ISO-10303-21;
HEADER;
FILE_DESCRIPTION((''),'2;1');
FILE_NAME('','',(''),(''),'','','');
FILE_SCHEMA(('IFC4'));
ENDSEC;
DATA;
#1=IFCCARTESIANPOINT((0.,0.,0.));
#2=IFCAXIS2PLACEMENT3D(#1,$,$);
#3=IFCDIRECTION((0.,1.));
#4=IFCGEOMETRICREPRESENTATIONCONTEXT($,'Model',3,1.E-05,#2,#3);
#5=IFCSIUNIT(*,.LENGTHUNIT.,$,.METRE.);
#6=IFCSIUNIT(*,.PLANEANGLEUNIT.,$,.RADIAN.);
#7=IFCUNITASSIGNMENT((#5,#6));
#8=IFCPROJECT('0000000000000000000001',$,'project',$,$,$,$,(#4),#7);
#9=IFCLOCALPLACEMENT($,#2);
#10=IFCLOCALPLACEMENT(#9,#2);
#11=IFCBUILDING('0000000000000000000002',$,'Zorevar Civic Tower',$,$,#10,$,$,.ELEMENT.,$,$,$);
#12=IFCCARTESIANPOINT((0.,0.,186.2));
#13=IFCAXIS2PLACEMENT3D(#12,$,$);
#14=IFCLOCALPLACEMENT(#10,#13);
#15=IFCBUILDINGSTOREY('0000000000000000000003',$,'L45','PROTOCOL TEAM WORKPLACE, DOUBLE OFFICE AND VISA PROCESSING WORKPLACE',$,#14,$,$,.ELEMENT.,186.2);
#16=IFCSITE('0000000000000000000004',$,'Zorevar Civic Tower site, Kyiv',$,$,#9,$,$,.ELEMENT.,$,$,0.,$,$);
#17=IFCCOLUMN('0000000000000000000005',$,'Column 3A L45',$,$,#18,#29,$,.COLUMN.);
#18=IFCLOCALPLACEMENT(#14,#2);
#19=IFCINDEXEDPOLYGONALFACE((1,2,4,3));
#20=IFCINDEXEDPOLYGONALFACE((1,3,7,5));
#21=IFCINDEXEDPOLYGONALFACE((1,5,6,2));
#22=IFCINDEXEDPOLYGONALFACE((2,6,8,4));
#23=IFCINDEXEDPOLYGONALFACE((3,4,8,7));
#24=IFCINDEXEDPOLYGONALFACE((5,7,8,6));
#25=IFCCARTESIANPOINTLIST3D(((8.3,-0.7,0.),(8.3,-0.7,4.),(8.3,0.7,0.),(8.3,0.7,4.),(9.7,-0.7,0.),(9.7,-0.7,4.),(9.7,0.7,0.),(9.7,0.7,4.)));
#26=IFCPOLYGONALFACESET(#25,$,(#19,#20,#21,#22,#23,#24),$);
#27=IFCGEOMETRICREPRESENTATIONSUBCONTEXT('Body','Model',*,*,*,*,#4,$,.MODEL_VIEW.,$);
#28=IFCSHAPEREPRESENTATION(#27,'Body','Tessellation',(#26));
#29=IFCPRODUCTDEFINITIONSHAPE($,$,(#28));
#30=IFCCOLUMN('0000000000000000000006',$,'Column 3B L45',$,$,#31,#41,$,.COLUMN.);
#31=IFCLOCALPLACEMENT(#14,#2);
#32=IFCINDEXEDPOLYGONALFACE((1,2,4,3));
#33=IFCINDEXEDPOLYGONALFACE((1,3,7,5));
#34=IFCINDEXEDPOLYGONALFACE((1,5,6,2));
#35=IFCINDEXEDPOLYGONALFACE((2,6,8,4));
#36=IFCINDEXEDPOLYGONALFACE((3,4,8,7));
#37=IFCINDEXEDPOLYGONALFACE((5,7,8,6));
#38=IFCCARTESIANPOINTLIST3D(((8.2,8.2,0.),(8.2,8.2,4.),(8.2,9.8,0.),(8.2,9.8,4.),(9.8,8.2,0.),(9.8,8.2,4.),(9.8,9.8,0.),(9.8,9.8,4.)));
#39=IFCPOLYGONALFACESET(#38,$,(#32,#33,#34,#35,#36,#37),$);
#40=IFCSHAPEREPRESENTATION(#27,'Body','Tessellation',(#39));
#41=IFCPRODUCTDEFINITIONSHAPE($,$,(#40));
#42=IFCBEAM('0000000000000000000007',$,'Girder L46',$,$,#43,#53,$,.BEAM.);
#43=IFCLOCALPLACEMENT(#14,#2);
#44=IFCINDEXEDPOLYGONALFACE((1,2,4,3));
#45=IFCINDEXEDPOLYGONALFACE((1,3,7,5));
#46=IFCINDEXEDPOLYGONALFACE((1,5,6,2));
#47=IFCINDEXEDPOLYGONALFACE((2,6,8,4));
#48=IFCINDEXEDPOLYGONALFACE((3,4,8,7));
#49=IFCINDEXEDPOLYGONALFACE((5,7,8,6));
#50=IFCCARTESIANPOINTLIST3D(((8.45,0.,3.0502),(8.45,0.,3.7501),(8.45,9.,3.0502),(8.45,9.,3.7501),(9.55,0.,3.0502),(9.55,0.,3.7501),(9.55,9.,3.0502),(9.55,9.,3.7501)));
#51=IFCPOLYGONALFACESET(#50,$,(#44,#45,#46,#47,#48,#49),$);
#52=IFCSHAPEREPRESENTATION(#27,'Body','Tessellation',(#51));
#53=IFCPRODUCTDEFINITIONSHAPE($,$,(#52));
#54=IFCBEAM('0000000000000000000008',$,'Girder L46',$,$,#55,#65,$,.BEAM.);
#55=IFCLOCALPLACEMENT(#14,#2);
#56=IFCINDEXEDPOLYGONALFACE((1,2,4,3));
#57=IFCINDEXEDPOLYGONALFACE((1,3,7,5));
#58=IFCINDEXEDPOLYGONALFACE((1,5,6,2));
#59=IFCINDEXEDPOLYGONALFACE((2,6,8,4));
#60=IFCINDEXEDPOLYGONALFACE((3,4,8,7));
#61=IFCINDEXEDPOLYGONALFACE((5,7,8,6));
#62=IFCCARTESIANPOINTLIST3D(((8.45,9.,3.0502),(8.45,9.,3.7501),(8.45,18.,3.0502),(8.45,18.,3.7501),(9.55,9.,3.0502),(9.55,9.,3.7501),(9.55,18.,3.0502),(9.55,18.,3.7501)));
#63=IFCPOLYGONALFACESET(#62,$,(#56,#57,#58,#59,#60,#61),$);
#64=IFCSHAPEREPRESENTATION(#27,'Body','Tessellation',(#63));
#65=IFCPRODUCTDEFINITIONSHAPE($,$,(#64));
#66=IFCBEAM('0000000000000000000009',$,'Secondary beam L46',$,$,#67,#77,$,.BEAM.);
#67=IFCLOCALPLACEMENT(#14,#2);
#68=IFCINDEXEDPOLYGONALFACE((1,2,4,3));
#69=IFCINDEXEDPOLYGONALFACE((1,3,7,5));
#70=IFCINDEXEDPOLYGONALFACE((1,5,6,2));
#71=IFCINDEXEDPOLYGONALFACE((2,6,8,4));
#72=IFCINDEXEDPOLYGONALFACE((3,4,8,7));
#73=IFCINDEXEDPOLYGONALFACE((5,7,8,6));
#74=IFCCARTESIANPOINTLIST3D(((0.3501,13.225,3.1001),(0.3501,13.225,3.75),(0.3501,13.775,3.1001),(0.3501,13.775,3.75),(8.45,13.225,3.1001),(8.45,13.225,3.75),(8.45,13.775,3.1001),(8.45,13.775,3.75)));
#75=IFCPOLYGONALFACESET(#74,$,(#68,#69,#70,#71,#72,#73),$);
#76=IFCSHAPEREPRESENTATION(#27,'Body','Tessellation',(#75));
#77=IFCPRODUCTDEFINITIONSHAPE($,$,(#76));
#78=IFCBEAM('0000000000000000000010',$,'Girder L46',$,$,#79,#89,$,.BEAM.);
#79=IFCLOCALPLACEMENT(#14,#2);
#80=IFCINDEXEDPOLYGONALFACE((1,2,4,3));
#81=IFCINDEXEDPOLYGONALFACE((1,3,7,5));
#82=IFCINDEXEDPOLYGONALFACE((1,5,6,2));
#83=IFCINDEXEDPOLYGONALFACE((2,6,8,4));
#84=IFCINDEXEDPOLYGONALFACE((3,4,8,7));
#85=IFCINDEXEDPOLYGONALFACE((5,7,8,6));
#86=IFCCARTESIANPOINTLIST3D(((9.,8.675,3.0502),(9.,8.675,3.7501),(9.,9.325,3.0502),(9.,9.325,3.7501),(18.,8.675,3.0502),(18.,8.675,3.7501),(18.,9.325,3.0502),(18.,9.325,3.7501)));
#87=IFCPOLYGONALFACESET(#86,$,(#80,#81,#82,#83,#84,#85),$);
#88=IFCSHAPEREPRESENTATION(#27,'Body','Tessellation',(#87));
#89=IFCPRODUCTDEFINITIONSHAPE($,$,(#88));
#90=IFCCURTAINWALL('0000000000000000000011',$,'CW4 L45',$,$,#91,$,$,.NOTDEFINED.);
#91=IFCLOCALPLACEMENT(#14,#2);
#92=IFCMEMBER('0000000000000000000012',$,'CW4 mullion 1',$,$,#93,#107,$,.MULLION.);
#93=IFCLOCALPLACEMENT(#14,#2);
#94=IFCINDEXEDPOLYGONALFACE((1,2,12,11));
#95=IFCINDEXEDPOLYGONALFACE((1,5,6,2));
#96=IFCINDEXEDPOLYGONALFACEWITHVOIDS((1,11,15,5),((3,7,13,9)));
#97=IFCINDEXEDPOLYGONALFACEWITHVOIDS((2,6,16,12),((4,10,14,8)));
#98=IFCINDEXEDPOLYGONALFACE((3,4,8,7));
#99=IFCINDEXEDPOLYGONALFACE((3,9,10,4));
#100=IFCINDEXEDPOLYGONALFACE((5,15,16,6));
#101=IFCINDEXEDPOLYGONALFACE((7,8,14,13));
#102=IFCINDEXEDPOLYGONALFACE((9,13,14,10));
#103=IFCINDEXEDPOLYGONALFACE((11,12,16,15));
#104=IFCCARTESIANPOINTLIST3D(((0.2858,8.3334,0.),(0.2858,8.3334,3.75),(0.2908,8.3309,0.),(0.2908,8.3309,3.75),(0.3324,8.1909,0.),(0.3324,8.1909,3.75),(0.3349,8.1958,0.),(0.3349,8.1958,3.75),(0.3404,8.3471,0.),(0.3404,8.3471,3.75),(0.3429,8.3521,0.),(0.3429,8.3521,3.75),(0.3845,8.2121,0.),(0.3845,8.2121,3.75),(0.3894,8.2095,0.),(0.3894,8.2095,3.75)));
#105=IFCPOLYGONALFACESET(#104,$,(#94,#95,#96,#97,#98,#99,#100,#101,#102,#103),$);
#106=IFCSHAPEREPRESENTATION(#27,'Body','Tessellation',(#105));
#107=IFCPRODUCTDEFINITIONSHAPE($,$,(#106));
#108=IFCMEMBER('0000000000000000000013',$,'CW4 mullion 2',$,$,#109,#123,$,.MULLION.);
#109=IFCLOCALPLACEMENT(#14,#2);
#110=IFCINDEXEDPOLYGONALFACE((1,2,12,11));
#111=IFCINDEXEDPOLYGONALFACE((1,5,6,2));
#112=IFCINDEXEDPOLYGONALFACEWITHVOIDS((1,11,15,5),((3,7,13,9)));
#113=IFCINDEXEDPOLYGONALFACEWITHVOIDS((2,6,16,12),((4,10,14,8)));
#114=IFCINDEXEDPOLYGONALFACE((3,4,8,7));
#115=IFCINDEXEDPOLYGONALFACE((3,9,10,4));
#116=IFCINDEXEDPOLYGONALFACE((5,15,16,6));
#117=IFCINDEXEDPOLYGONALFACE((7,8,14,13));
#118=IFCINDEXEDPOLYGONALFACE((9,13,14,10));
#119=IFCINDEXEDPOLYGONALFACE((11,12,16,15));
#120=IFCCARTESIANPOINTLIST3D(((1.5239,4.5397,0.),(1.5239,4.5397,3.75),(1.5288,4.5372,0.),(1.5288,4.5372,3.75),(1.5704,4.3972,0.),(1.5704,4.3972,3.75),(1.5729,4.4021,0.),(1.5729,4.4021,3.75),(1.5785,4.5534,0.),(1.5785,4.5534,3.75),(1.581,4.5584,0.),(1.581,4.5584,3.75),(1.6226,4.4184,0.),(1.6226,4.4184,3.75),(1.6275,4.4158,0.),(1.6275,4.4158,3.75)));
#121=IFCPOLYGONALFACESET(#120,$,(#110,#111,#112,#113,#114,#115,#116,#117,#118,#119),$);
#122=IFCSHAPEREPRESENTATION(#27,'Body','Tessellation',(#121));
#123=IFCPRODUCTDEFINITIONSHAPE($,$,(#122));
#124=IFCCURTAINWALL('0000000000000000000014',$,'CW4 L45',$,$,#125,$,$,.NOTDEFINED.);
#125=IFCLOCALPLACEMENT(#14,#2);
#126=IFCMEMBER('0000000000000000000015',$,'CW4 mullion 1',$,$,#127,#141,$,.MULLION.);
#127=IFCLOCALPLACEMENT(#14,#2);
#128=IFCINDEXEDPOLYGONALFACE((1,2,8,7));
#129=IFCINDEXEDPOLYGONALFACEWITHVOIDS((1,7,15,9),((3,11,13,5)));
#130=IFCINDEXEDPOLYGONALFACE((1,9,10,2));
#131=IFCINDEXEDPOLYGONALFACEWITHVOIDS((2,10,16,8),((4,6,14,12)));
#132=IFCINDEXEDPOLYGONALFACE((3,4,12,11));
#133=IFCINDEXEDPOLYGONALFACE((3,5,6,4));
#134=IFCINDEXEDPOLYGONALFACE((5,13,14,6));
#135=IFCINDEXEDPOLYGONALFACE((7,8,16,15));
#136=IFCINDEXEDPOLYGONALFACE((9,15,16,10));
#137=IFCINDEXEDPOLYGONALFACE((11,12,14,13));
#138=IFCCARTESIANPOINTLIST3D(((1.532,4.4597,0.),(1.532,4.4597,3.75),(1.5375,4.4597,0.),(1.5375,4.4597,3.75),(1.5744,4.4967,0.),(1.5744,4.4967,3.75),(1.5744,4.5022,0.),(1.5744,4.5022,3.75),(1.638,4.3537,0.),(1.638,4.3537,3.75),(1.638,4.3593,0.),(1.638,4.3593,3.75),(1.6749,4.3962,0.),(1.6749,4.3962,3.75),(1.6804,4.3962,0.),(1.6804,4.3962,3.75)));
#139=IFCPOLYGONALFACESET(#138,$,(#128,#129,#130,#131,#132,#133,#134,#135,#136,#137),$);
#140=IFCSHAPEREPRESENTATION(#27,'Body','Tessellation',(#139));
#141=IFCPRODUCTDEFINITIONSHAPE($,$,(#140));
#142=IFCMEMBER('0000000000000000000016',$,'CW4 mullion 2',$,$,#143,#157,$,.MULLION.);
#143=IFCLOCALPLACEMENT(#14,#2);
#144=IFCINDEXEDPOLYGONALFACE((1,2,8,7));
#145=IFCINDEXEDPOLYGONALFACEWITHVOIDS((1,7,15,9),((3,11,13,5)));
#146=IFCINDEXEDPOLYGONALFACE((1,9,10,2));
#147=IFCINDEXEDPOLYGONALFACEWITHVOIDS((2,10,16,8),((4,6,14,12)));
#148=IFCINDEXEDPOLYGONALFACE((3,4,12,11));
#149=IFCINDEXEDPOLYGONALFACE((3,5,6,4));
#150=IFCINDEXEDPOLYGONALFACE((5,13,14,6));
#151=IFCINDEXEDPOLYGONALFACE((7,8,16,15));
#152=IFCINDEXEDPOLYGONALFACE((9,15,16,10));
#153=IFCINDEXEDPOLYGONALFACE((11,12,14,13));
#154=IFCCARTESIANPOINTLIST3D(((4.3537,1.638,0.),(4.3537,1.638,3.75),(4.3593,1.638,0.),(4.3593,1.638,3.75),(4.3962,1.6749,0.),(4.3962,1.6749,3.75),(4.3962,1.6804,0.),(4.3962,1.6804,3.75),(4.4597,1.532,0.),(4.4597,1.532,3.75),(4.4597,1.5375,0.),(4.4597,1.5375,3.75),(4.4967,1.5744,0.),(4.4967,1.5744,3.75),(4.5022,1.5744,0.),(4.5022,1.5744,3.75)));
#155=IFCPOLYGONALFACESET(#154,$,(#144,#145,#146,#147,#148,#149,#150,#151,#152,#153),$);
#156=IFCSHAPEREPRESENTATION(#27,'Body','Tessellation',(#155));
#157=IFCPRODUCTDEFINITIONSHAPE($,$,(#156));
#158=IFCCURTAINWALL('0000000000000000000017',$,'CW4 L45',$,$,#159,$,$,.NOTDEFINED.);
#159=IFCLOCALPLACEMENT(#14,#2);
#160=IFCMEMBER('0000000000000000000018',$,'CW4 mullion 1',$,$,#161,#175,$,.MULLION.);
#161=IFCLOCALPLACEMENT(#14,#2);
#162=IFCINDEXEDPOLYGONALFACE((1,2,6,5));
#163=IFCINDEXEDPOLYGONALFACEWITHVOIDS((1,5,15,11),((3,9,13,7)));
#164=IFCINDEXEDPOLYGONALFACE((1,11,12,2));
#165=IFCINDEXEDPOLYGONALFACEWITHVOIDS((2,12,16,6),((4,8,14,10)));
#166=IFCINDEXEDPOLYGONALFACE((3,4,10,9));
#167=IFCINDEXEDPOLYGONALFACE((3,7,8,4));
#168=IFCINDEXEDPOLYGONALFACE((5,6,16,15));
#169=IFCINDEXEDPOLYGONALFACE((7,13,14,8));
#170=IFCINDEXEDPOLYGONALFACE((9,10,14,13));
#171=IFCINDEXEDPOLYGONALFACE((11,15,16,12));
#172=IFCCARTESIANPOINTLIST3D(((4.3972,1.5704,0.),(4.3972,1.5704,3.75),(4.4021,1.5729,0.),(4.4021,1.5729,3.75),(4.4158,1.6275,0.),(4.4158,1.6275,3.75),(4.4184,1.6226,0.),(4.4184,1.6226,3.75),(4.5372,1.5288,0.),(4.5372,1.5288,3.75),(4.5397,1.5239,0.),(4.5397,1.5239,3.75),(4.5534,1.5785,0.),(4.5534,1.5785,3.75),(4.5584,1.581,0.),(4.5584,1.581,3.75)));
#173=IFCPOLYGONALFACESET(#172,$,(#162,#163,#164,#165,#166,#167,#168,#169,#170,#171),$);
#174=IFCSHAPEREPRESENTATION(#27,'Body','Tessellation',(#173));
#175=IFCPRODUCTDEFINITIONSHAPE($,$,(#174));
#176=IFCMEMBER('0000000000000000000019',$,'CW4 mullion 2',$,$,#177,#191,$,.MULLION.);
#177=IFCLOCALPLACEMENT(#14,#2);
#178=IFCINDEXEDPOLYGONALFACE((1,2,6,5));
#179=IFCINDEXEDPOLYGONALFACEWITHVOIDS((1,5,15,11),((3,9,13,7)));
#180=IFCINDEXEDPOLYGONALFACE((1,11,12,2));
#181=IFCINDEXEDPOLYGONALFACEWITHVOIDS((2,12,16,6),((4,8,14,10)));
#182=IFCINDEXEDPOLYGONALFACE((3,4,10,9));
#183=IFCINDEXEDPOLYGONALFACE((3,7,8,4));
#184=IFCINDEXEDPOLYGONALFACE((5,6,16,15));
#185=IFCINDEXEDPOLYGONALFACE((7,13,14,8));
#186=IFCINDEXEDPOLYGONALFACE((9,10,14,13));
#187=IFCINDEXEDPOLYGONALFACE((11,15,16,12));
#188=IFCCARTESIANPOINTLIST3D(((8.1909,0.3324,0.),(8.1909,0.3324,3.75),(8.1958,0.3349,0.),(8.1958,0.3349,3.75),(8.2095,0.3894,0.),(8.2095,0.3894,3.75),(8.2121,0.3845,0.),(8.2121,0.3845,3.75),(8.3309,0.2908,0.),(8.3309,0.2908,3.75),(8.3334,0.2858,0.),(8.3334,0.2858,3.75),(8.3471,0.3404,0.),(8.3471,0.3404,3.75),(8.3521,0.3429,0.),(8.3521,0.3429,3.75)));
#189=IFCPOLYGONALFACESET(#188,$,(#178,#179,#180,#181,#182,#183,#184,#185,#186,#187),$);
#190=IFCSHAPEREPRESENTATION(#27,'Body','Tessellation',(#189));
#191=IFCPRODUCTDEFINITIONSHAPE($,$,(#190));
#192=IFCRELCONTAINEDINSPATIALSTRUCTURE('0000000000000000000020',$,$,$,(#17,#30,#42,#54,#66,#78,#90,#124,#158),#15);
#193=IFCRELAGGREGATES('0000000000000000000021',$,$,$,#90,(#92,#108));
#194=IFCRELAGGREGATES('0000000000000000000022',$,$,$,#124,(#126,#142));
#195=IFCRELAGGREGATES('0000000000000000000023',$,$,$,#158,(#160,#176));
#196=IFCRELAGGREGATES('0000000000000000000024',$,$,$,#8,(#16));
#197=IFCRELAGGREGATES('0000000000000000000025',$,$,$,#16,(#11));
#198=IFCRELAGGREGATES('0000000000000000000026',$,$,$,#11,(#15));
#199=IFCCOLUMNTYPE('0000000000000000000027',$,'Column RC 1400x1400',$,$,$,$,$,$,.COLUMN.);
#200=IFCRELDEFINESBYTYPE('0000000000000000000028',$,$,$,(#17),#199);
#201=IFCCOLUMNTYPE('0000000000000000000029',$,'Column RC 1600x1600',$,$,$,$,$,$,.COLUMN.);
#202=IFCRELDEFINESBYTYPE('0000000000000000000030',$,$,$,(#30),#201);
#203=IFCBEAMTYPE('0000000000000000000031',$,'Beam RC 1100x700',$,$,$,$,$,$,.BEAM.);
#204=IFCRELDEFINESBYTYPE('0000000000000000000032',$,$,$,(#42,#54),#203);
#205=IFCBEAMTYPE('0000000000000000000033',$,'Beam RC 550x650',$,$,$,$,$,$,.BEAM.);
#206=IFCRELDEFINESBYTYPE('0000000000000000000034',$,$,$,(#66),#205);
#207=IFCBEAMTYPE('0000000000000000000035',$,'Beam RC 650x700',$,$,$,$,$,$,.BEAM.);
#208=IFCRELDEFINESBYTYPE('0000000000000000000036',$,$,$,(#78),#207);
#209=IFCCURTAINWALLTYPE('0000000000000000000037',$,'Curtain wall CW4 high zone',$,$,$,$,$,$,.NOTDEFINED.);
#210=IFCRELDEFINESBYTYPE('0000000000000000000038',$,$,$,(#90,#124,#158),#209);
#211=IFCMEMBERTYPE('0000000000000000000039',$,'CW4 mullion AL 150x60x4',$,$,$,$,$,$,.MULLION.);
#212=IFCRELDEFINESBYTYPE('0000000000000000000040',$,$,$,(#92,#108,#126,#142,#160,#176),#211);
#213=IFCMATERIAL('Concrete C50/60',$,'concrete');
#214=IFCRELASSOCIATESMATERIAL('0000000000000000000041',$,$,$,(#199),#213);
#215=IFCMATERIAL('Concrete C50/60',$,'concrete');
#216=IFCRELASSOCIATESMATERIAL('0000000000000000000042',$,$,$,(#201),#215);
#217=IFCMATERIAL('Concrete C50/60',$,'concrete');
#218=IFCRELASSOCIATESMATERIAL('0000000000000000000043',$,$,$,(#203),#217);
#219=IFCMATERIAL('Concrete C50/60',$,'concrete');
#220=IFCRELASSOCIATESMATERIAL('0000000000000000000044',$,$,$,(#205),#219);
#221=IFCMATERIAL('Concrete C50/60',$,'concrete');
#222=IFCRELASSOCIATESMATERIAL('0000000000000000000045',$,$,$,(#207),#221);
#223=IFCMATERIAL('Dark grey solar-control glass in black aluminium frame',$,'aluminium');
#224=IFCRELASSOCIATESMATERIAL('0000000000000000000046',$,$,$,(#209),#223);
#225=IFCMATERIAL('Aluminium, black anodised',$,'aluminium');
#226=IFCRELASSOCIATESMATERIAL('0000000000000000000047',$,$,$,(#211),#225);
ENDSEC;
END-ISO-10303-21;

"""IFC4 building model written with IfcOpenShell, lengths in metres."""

from ifc_helpers import new_model, si_unit, direction, frame, origin, origin_2d, place, context, subcontext, project, spatial, rectangle, hollow_rectangle, extrude, material, material_profile, profile_set, type_object, element, aggregate, save


model = new_model("IFC4")

# Units and contexts
model_context = context("Model", 3, precision=1e-05, world=origin(), true_north=direction((0.0, 1.0)))
body_context = subcontext(model_context, "Body", "Model", "MODEL_VIEW")
ifc_project = project(units=[si_unit("LENGTHUNIT", "METRE"), si_unit("PLANEANGLEUNIT", "RADIAN")], contexts=[model_context])

# Site, building, storey
site_placement = place(None, origin())
site = spatial("IfcSite", under=ifc_project, at=site_placement, Name="Zorevar Civic Tower site, Kyiv", CompositionType="ELEMENT", RefElevation=0.0)
building_placement = place(site_placement, origin())
building = spatial("IfcBuilding", under=site, at=building_placement, Name="Zorevar Civic Tower", CompositionType="ELEMENT")
storey_placement = place(building_placement, frame((0.0, 0.0, 186.2)))
storey = spatial("IfcBuildingStorey", under=building, at=storey_placement, Name="L45", Description="PROTOCOL TEAM WORKPLACE, DOUBLE OFFICE AND VISA PROCESSING WORKPLACE", CompositionType="ELEMENT", Elevation=186.2)

# Columns
ifc_material_1 = material(Name="Concrete C50/60", Category="concrete")
ifc_material_profile_1 = material_profile(ifc_material_1, rectangle(XDim=1.3999, YDim=1.3999, at=origin_2d()), Name="RC 1400x1400")
ifc_profile_set_1 = profile_set([ifc_material_profile_1], Name="Concrete C50/60")
column_type_1 = type_object("IfcColumnType", Name="Column RC 1400x1400", PredefinedType="COLUMN", material=ifc_profile_set_1)
column_1_placement = place(storey_placement, frame((9.0, 0.0, 0.0), z_axis=(0.0, 0.0, 1.0), x_axis=(1.0, 0.0, 0.0)))
element("IfcColumn", 1, at=column_1_placement, inside=storey, type_object=column_type_1, Name="Column 3A L45", PredefinedType="COLUMN", context=body_context, shape_type="SweptSolid", body=[
    extrude(rectangle(XDim=1.3999, YDim=1.3999, at=origin_2d()), origin(), (0.0, 0.0, 1.0), 4.0),
])
ifc_material_2 = material(Name="Concrete C50/60", Category="concrete")
ifc_material_profile_2 = material_profile(ifc_material_2, rectangle(XDim=1.6001, YDim=1.6001, at=origin_2d()), Name="RC 1600x1600")
ifc_profile_set_2 = profile_set([ifc_material_profile_2], Name="Concrete C50/60")
column_type_2 = type_object("IfcColumnType", Name="Column RC 1600x1600", PredefinedType="COLUMN", material=ifc_profile_set_2)
column_2_placement = place(storey_placement, frame((9.0, 9.0, 0.0), z_axis=(0.0, 0.0, 1.0), x_axis=(1.0, 0.0, 0.0)))
element("IfcColumn", 2, at=column_2_placement, inside=storey, type_object=column_type_2, Name="Column 3B L45", PredefinedType="COLUMN", context=body_context, shape_type="SweptSolid", body=[
    extrude(rectangle(XDim=1.6001, YDim=1.6001, at=origin_2d()), origin(), (0.0, 0.0, 1.0), 4.0),
])

# Beams
ifc_material_3 = material(Name="Concrete C50/60", Category="concrete")
ifc_material_profile_3 = material_profile(ifc_material_3, rectangle(XDim=1.1001, YDim=0.7, at=origin_2d()), Name="RC 1100x700")
ifc_profile_set_3 = profile_set([ifc_material_profile_3], Name="Concrete C50/60")
beam_type_1 = type_object("IfcBeamType", Name="Beam RC 1100x700", PredefinedType="BEAM", material=ifc_profile_set_3)
for number, where, z_axis, x_axis, name in (
    (3, (9.0, 0.0, 3.4001), (0.0, 1.0, 0.0), (-1.0, 0.0, 0.0), "Girder L46"),
    (4, (9.0, 9.0, 3.4001), (0.0, 1.0, 0.0), (-1.0, 0.0, 0.0), "Girder L46"),
):
    element("IfcBeam", number, at=place(storey_placement, frame(where, z_axis=z_axis, x_axis=x_axis)), inside=storey, type_object=beam_type_1, Name=name, PredefinedType="BEAM", context=body_context, shape_type="SweptSolid", body=[
        extrude(rectangle(XDim=1.1001, YDim=0.7, at=origin_2d()), origin(), (0.0, 0.0, 1.0), 9.0),
    ])
ifc_material_4 = material(Name="Concrete C50/60", Category="concrete")
ifc_material_profile_4 = material_profile(ifc_material_4, rectangle(XDim=0.55, YDim=0.6499, at=origin_2d()), Name="RC 550x650")
ifc_profile_set_4 = profile_set([ifc_material_profile_4], Name="Concrete C50/60")
beam_type_2 = type_object("IfcBeamType", Name="Beam RC 550x650", PredefinedType="BEAM", material=ifc_profile_set_4)
beam_1_placement = place(storey_placement, frame((0.3501, 13.5, 3.425), z_axis=(1.0, 0.0, 0.0), x_axis=(0.0, 1.0, 0.0)))
element("IfcBeam", 5, at=beam_1_placement, inside=storey, type_object=beam_type_2, Name="Secondary beam L46", PredefinedType="BEAM", context=body_context, shape_type="SweptSolid", body=[
    extrude(rectangle(XDim=0.55, YDim=0.6499, at=origin_2d()), origin(), (0.0, 0.0, 1.0), 8.0999),
])
ifc_material_5 = material(Name="Concrete C50/60", Category="concrete")
ifc_material_profile_5 = material_profile(ifc_material_5, rectangle(XDim=0.6499, YDim=0.7, at=origin_2d()), Name="RC 650x700")
ifc_profile_set_5 = profile_set([ifc_material_profile_5], Name="Concrete C50/60")
beam_type_3 = type_object("IfcBeamType", Name="Beam RC 650x700", PredefinedType="BEAM", material=ifc_profile_set_5)
beam_2_placement = place(storey_placement, frame((9.0, 9.0, 3.4001), z_axis=(1.0, 0.0, 0.0), x_axis=(0.0, 1.0, 0.0)))
element("IfcBeam", 6, at=beam_2_placement, inside=storey, type_object=beam_type_3, Name="Girder L46", PredefinedType="BEAM", context=body_context, shape_type="SweptSolid", body=[
    extrude(rectangle(XDim=0.6499, YDim=0.7, at=origin_2d()), origin(), (0.0, 0.0, 1.0), 9.0),
])

# Curtain walls, members
ifc_material_6 = material(Name="Dark grey solar-control glass in black aluminium frame", Category="aluminium")
curtain_wall_type = type_object("IfcCurtainWallType", Name="Curtain wall CW4 high zone", PredefinedType="NOTDEFINED", material=ifc_material_6)
curtain_wall_1_placement = place(storey_placement, origin())
curtain_wall_1 = element("IfcCurtainWall", 7, at=curtain_wall_1_placement, inside=storey, type_object=curtain_wall_type, Name="CW4 L45", PredefinedType="NOTDEFINED")
ifc_material_7 = material(Name="Aluminium, black anodised", Category="aluminium")
ifc_material_profile_6 = material_profile(ifc_material_7, hollow_rectangle(XDim=0.0601, YDim=0.1499, WallThickness=0.0039, at=origin_2d()), Name="AL 150x60x4")
ifc_profile_set_6 = profile_set([ifc_material_profile_6], Name="Aluminium, black anodised")
member_type_1 = type_object("IfcMemberType", Name="CW4 mullion AL 150x60x4", PredefinedType="MULLION", material=ifc_profile_set_6)
member_1_placement = place(storey_placement, frame((0.3376, 8.2715, 0.0), z_axis=(0.0, 0.0, 1.0), x_axis=(0.950645, 0.310281, 0.0)))
member_1 = element("IfcMember", 8, at=member_1_placement, type_object=member_type_1, Name="CW4 mullion 1", PredefinedType="MULLION", context=body_context, shape_type="SweptSolid", body=[
    extrude(hollow_rectangle(XDim=0.0601, YDim=0.1499, WallThickness=0.0039, at=origin_2d()), origin(), (0.0, 0.0, 1.0), 3.75),
])
member_2_placement = place(storey_placement, frame((1.5757, 4.4778, 0.0), z_axis=(0.0, 0.0, 1.0), x_axis=(0.950645, 0.310281, 0.0)))
member_2 = element("IfcMember", 9, at=member_2_placement, type_object=member_type_1, Name="CW4 mullion 2", PredefinedType="MULLION", context=body_context, shape_type="SweptSolid", body=[
    extrude(hollow_rectangle(XDim=0.0601, YDim=0.1499, WallThickness=0.0039, at=origin_2d()), origin(), (0.0, 0.0, 1.0), 3.75),
])
curtain_wall_2_placement = place(storey_placement, origin())
curtain_wall_2 = element("IfcCurtainWall", 10, at=curtain_wall_2_placement, inside=storey, type_object=curtain_wall_type, Name="CW4 L45", PredefinedType="NOTDEFINED")
member_3_placement = place(storey_placement, frame((1.6062, 4.428, 0.0), z_axis=(0.0, 0.0, 1.0), x_axis=(0.707107, 0.707107, 0.0)))
member_3 = element("IfcMember", 11, at=member_3_placement, type_object=member_type_1, Name="CW4 mullion 1", PredefinedType="MULLION", context=body_context, shape_type="SweptSolid", body=[
    extrude(hollow_rectangle(XDim=0.0601, YDim=0.1499, WallThickness=0.0039, at=origin_2d()), origin(), (0.0, 0.0, 1.0), 3.75),
])
member_4_placement = place(storey_placement, frame((4.428, 1.6062, 0.0), z_axis=(0.0, 0.0, 1.0), x_axis=(0.707107, 0.707107, 0.0)))
member_4 = element("IfcMember", 12, at=member_4_placement, type_object=member_type_1, Name="CW4 mullion 2", PredefinedType="MULLION", context=body_context, shape_type="SweptSolid", body=[
    extrude(hollow_rectangle(XDim=0.0601, YDim=0.1499, WallThickness=0.0039, at=origin_2d()), origin(), (0.0, 0.0, 1.0), 3.75),
])
curtain_wall_3_placement = place(storey_placement, origin())
curtain_wall_3 = element("IfcCurtainWall", 13, at=curtain_wall_3_placement, inside=storey, type_object=curtain_wall_type, Name="CW4 L45", PredefinedType="NOTDEFINED")
member_5_placement = place(storey_placement, frame((4.4778, 1.5757, 0.0), z_axis=(0.0, 0.0, 1.0), x_axis=(0.310281, 0.950645, 0.0)))
member_5 = element("IfcMember", 14, at=member_5_placement, type_object=member_type_1, Name="CW4 mullion 1", PredefinedType="MULLION", context=body_context, shape_type="SweptSolid", body=[
    extrude(hollow_rectangle(XDim=0.0601, YDim=0.1499, WallThickness=0.0039, at=origin_2d()), origin(), (0.0, 0.0, 1.0), 3.75),
])
member_6_placement = place(storey_placement, frame((8.2715, 0.3376, 0.0), z_axis=(0.0, 0.0, 1.0), x_axis=(0.310281, 0.950645, 0.0)))
member_6 = element("IfcMember", 15, at=member_6_placement, type_object=member_type_1, Name="CW4 mullion 2", PredefinedType="MULLION", context=body_context, shape_type="SweptSolid", body=[
    extrude(hollow_rectangle(XDim=0.0601, YDim=0.1499, WallThickness=0.0039, at=origin_2d()), origin(), (0.0, 0.0, 1.0), 3.75),
])

aggregate(curtain_wall_1, [member_1, member_2])
aggregate(curtain_wall_2, [member_3, member_4])
aggregate(curtain_wall_3, [member_5, member_6])

save(model, "model.ifc")
